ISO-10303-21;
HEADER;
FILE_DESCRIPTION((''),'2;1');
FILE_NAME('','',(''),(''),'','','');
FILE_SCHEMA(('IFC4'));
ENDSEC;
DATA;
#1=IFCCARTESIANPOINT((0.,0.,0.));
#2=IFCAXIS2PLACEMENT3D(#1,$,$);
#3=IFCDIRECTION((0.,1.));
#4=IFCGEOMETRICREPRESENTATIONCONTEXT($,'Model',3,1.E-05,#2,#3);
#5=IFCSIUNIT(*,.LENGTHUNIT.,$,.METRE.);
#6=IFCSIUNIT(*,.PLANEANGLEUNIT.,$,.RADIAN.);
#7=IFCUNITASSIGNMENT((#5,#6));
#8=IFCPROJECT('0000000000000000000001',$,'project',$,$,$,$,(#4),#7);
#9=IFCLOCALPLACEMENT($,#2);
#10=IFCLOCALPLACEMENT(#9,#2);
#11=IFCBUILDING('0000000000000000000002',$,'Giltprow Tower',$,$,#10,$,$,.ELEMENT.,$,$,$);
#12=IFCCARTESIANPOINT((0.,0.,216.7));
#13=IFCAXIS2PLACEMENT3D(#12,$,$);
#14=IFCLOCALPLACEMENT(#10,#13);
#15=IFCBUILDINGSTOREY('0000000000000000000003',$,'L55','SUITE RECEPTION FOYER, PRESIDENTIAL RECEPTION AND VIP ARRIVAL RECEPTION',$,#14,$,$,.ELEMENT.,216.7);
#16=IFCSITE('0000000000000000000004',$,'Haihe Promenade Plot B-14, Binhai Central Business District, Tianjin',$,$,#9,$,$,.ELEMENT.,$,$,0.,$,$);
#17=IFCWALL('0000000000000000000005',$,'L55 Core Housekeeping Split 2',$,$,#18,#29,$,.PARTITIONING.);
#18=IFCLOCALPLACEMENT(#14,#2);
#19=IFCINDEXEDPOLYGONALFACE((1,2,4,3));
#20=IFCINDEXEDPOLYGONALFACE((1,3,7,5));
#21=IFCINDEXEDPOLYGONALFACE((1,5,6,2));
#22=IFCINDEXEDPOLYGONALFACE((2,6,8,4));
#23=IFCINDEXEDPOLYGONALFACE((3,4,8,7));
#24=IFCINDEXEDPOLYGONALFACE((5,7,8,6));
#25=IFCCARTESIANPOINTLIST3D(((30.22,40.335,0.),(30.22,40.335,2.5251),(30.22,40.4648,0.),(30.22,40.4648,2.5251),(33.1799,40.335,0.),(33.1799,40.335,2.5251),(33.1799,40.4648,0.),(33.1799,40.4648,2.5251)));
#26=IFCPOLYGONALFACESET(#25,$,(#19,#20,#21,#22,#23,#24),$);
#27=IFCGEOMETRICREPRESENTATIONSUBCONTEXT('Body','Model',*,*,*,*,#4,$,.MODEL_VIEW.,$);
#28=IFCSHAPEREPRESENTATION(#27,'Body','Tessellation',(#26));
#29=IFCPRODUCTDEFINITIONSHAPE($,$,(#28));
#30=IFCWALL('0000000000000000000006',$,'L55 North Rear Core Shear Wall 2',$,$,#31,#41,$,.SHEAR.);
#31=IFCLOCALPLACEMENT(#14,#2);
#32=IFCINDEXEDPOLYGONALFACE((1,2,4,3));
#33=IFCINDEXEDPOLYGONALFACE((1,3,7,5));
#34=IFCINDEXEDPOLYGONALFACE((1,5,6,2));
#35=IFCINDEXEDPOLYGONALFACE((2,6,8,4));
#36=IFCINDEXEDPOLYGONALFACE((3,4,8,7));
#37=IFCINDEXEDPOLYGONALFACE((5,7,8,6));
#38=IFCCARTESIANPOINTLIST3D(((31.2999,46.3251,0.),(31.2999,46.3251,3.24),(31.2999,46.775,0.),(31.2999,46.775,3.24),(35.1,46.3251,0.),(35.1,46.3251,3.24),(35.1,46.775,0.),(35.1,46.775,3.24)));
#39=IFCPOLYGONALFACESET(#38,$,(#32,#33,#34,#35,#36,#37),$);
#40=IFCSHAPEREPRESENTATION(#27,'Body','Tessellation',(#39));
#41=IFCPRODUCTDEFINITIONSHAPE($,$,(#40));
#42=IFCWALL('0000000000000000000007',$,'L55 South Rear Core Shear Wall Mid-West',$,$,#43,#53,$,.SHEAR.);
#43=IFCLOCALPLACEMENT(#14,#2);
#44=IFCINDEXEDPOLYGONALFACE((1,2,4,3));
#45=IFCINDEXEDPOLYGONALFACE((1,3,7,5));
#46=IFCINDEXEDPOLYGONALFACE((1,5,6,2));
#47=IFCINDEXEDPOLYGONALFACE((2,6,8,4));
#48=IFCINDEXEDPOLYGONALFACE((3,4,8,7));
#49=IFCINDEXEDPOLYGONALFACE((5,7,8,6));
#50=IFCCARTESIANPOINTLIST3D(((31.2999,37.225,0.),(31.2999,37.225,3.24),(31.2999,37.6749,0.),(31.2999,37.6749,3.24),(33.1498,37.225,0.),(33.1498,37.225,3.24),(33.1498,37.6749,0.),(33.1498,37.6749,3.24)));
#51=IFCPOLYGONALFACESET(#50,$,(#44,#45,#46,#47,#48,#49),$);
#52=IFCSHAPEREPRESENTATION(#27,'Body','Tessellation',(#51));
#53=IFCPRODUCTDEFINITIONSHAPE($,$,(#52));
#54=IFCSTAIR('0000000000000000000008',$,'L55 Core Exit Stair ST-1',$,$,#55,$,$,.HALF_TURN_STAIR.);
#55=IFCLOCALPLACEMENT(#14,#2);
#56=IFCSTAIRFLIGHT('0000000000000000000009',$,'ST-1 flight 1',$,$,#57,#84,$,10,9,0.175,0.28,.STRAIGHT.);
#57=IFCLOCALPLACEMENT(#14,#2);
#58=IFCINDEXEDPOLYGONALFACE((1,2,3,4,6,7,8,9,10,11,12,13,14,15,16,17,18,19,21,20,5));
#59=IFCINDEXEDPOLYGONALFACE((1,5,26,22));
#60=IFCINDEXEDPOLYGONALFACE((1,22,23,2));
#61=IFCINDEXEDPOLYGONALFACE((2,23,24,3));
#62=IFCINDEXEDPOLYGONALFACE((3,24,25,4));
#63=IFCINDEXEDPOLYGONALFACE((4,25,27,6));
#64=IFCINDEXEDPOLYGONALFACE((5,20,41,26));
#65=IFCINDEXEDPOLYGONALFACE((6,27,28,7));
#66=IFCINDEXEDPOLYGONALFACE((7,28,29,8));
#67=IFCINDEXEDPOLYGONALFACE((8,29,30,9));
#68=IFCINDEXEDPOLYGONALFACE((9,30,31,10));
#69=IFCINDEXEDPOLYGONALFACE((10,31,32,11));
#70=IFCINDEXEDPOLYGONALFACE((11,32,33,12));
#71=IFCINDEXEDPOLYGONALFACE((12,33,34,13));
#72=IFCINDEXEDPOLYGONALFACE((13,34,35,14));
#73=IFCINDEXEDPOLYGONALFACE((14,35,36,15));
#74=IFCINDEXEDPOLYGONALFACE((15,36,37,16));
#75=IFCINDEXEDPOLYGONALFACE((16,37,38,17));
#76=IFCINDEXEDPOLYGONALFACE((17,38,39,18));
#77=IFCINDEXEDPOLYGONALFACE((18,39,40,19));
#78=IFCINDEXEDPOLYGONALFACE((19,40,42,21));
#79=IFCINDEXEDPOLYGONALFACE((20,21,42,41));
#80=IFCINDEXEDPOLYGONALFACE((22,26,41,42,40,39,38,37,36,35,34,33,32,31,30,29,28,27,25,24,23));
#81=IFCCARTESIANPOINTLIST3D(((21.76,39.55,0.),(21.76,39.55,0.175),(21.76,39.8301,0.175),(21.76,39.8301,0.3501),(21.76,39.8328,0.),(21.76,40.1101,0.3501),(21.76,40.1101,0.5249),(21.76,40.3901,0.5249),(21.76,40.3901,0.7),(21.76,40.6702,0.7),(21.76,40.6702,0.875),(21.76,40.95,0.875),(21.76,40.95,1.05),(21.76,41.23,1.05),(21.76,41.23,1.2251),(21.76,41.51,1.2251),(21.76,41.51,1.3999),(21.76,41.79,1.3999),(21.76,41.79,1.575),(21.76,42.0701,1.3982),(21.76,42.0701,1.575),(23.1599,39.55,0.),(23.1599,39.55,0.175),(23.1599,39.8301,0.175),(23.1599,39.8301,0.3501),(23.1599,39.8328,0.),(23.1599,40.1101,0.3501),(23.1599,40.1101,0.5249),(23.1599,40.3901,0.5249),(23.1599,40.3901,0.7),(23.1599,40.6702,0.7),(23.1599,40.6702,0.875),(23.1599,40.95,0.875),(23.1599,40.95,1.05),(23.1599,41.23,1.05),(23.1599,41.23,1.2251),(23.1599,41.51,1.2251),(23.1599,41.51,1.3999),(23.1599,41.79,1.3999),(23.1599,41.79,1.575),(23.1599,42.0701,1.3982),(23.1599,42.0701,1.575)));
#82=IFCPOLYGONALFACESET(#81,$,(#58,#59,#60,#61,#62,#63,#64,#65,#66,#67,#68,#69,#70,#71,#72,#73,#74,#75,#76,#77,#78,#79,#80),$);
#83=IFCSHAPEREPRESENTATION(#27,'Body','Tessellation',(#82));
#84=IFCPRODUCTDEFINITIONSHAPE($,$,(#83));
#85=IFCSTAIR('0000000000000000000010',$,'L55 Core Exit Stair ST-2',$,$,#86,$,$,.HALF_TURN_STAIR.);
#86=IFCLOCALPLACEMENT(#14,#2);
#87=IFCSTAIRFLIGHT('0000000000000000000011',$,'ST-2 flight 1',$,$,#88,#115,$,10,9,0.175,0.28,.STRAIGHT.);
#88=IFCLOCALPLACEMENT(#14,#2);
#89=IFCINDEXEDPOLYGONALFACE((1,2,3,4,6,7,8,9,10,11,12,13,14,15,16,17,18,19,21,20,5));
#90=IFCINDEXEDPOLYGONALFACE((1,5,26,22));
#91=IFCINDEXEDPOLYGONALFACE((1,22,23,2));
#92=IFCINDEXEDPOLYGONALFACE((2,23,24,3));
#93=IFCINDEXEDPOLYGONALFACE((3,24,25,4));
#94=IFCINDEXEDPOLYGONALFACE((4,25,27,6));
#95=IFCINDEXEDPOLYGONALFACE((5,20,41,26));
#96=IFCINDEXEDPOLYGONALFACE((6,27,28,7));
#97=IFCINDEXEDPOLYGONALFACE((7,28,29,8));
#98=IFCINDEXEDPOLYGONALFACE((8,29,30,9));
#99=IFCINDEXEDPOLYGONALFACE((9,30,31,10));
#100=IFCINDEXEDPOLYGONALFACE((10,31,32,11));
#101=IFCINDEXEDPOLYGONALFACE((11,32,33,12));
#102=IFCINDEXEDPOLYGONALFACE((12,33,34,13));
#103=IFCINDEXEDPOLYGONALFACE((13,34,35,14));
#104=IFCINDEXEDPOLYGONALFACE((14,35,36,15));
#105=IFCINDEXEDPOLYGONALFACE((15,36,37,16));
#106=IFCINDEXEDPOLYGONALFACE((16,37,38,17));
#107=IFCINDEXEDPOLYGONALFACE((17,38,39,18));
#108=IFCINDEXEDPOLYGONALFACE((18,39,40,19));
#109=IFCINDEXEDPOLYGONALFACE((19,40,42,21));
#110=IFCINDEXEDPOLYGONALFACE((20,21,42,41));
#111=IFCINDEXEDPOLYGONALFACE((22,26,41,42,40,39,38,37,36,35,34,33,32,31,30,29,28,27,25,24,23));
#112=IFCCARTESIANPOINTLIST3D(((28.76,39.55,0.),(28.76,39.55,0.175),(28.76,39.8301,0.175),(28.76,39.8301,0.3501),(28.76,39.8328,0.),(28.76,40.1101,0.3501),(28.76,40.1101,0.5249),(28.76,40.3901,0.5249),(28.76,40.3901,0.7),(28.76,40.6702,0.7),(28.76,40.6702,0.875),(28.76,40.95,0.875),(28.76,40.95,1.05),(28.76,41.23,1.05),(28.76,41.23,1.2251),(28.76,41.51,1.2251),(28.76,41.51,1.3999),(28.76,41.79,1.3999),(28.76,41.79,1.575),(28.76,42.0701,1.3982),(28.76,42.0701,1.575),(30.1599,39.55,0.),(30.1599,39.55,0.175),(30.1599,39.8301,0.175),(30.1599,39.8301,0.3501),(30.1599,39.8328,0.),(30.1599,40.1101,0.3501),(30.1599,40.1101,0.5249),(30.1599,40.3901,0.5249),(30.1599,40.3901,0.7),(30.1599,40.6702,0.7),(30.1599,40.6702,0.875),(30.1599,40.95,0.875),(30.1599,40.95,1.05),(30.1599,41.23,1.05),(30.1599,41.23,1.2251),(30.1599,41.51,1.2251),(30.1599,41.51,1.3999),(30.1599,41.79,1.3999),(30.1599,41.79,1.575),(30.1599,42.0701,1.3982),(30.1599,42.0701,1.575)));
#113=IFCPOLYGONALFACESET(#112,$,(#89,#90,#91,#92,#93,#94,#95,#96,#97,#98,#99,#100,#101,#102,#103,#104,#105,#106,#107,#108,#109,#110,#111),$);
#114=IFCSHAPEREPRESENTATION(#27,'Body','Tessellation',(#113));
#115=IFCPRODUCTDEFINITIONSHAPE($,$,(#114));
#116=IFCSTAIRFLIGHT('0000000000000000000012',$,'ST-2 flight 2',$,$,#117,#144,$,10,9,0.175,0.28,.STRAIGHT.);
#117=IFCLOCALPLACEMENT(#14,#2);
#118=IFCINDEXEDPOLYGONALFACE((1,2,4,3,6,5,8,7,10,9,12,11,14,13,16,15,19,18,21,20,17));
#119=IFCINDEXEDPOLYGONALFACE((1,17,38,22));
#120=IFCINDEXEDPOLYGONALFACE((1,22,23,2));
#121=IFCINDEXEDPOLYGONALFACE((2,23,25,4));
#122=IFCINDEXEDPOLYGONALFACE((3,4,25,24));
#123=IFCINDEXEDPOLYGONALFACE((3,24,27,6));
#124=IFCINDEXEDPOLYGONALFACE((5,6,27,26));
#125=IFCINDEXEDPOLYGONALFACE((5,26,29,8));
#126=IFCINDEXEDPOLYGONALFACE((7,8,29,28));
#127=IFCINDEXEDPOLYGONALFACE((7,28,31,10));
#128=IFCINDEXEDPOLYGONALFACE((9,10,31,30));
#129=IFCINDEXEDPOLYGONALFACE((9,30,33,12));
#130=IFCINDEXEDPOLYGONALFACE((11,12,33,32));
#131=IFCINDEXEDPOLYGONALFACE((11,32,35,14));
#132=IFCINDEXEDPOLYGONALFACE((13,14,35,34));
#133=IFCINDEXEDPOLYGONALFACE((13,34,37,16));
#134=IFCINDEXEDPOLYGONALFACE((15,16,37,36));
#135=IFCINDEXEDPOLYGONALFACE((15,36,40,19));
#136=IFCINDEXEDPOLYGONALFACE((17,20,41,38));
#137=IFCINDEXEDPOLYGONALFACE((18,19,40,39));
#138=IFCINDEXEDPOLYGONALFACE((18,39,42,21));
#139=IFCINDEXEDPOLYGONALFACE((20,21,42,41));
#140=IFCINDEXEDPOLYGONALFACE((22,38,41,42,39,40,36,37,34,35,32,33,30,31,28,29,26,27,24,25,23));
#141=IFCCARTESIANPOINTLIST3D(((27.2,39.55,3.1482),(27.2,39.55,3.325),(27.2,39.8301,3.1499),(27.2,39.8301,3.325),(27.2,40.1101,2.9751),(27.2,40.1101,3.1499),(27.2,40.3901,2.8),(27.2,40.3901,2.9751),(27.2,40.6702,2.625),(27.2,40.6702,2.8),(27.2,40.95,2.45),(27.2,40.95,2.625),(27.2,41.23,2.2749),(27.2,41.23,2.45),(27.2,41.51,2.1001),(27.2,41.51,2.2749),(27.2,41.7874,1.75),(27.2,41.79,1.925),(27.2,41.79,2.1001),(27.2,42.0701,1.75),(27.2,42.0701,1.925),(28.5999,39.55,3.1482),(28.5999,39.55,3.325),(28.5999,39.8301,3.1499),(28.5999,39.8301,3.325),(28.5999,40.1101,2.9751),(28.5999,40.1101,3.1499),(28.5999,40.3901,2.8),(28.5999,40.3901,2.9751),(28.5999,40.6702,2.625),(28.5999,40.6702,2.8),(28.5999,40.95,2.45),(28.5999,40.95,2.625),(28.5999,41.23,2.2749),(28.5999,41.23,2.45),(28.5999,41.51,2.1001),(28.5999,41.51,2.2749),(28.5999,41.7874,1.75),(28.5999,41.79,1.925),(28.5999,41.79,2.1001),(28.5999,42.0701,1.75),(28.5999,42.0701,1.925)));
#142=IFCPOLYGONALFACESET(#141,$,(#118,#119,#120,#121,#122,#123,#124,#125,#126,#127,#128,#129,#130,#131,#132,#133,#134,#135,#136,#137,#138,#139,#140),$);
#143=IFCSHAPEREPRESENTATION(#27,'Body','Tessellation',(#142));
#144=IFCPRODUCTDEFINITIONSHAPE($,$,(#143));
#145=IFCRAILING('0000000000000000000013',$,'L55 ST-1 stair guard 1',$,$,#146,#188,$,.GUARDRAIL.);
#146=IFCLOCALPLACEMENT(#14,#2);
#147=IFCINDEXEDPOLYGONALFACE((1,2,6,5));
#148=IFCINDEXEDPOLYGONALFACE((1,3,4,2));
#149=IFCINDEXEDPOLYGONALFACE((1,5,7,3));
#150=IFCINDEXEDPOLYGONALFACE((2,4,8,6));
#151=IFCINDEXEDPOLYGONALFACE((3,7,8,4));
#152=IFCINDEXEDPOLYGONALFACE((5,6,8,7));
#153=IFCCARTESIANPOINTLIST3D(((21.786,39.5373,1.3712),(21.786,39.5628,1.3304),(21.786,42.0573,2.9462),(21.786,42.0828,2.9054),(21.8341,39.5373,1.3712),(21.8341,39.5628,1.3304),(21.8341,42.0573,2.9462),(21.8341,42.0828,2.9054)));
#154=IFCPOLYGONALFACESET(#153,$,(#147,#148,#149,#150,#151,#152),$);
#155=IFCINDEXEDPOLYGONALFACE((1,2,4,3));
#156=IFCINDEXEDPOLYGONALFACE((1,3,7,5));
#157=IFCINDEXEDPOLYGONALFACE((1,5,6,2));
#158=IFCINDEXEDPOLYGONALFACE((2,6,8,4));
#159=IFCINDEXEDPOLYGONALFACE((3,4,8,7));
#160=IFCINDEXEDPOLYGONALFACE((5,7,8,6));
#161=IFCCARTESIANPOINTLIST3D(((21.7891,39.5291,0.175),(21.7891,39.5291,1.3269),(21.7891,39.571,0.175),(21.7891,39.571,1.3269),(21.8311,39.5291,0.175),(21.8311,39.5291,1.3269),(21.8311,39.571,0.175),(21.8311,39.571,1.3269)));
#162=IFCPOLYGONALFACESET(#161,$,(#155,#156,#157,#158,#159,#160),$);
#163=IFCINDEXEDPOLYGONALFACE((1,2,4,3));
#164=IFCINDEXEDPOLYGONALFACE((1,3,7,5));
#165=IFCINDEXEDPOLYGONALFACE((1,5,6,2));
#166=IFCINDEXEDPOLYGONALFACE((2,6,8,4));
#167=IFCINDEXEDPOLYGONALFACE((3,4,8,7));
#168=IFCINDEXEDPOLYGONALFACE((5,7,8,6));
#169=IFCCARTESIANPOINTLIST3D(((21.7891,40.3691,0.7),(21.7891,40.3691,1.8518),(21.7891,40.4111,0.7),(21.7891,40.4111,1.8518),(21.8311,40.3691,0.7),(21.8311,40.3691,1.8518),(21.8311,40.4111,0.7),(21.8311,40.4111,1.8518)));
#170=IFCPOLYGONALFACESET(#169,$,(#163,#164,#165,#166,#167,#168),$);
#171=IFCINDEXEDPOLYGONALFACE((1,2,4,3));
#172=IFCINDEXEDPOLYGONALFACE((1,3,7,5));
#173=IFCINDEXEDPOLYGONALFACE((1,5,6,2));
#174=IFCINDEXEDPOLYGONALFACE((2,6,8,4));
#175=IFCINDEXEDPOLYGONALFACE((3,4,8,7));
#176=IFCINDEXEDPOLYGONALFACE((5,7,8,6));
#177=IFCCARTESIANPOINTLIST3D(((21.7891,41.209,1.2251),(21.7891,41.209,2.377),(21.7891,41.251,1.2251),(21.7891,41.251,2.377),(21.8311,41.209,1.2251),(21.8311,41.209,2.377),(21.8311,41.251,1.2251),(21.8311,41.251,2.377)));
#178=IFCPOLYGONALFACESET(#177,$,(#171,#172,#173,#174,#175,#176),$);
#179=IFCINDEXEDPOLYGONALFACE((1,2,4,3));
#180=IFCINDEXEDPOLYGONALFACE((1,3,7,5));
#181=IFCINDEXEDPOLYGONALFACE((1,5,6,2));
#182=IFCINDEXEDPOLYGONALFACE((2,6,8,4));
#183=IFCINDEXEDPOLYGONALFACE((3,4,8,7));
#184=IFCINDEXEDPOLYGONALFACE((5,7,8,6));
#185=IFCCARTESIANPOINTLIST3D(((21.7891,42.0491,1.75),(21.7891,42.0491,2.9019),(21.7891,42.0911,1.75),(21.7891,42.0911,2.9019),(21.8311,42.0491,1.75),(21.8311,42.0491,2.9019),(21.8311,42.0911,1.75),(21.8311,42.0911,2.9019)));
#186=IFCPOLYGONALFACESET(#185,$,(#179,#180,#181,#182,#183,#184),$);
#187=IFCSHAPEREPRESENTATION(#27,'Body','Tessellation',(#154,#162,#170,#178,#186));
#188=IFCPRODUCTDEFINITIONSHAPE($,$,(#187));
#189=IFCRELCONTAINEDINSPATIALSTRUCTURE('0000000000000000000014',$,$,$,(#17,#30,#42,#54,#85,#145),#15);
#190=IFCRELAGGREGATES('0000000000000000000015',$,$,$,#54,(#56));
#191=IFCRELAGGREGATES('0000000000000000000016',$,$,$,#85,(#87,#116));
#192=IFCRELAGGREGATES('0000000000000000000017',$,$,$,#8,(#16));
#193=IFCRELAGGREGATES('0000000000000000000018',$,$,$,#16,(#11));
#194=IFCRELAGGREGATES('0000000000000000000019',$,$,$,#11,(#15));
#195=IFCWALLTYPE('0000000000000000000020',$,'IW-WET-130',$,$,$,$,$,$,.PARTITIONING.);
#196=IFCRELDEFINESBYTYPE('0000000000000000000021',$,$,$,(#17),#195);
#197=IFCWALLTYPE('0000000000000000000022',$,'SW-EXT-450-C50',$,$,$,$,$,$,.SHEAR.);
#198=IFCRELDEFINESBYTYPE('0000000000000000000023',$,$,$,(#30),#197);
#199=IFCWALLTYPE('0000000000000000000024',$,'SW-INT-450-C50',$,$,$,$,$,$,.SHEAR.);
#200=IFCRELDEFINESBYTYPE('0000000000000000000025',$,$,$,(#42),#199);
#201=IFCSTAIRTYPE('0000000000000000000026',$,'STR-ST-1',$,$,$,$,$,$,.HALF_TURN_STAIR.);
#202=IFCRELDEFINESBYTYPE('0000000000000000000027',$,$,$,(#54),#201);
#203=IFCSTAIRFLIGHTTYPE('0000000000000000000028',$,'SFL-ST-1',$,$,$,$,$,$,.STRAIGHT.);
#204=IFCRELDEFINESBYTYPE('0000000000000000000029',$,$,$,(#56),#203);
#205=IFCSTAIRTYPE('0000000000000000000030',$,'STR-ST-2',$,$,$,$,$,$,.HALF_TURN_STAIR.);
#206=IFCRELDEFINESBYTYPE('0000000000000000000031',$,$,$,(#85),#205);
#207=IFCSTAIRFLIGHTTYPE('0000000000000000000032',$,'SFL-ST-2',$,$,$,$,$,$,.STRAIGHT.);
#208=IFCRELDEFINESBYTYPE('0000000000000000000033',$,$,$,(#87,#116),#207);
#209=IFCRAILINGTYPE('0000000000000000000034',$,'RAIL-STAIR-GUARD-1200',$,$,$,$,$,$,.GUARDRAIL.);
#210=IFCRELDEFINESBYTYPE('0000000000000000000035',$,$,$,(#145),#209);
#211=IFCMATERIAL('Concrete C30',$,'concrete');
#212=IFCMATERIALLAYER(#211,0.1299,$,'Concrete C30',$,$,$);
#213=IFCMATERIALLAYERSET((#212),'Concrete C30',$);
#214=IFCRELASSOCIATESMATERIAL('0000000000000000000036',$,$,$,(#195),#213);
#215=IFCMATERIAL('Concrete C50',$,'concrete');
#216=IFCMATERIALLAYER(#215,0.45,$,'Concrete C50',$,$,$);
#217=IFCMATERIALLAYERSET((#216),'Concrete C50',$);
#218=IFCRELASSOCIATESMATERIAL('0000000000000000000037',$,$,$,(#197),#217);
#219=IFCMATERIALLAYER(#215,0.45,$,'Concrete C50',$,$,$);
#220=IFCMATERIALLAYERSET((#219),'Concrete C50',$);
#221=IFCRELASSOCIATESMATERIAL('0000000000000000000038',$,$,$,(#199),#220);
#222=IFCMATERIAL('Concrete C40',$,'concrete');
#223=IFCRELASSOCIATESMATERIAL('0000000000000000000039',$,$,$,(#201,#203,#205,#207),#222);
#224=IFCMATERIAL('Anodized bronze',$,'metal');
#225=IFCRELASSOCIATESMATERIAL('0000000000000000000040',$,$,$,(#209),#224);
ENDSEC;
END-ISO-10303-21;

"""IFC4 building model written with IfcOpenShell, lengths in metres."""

from ifc_helpers import new_model, si_unit, direction, frame, frame_2d, origin, origin_2d, place, context, subcontext, project, spatial, polyline, rectangle, outline, extrude, material, layer, layer_set, type_object, element, aggregate, save


model = new_model("IFC4")

# Units and contexts
model_context = context("Model", 3, precision=1e-05, world=origin(), true_north=direction((0.0, 1.0)))
body_context = subcontext(model_context, "Body", "Model", "MODEL_VIEW")
ifc_project = project(units=[si_unit("LENGTHUNIT", "METRE"), si_unit("PLANEANGLEUNIT", "RADIAN")], contexts=[model_context])

# Site, building, storey
site_placement = place(None, origin())
site = spatial("IfcSite", under=ifc_project, at=site_placement, Name="Haihe Promenade Plot B-14, Binhai Central Business District, Tianjin", CompositionType="ELEMENT", RefElevation=0.0)
building_placement = place(site_placement, origin())
building = spatial("IfcBuilding", under=site, at=building_placement, Name="Giltprow Tower", CompositionType="ELEMENT")
storey_placement = place(building_placement, frame((0.0, 0.0, 216.7)))
storey = spatial("IfcBuildingStorey", under=building, at=storey_placement, Name="L55", Description="SUITE RECEPTION FOYER, PRESIDENTIAL RECEPTION AND VIP ARRIVAL RECEPTION", CompositionType="ELEMENT", Elevation=216.7)

# Shared definitions
ifc_material_1 = material(Name="Concrete C50", Category="concrete")

# Shared definitions
ifc_material_2 = material(Name="Concrete C40", Category="concrete")

# Walls
ifc_material_3 = material(Name="Concrete C30", Category="concrete")
ifc_layer_1 = layer(ifc_material_3, 0.1299, Name="Concrete C30")
ifc_layer_set_1 = layer_set([ifc_layer_1], Name="Concrete C30")
wall_type_1 = type_object("IfcWallType", Name="IW-WET-130", PredefinedType="PARTITIONING", material=ifc_layer_set_1)
wall_1_placement = place(storey_placement, frame((30.22, 40.3999, 0.0), z_axis=(0.0, 0.0, 1.0), x_axis=(1.0, 0.0, 0.0)))
element("IfcWall", 1, at=wall_1_placement, inside=storey, type_object=wall_type_1, Name="L55 Core Housekeeping Split 2", PredefinedType="PARTITIONING", context=body_context, shape_type="SweptSolid", body=[
    extrude(rectangle(XDim=2.96, YDim=0.1299, at=frame_2d((1.48, 0.0))), origin(), (0.0, 0.0, 1.0), 2.5251),
])
ifc_layer_2 = layer(ifc_material_1, 0.45, Name="Concrete C50")
ifc_layer_set_2 = layer_set([ifc_layer_2], Name="Concrete C50")
wall_type_2 = type_object("IfcWallType", Name="SW-EXT-450-C50", PredefinedType="SHEAR", material=ifc_layer_set_2)
wall_2_placement = place(storey_placement, frame((31.3, 46.55, 0.0), z_axis=(0.0, 0.0, 1.0), x_axis=(1.0, 0.0, 0.0)))
element("IfcWall", 2, at=wall_2_placement, inside=storey, type_object=wall_type_2, Name="L55 North Rear Core Shear Wall 2", PredefinedType="SHEAR", context=body_context, shape_type="SweptSolid", body=[
    extrude(rectangle(XDim=3.8, YDim=0.45, at=frame_2d((1.8999, 0.0))), origin(), (0.0, 0.0, 1.0), 3.24),
])
ifc_layer_3 = layer(ifc_material_1, 0.45, Name="Concrete C50")
ifc_layer_set_3 = layer_set([ifc_layer_3], Name="Concrete C50")
wall_type_3 = type_object("IfcWallType", Name="SW-INT-450-C50", PredefinedType="SHEAR", material=ifc_layer_set_3)
wall_3_placement = place(storey_placement, frame((31.3, 37.45, 0.0), z_axis=(0.0, 0.0, 1.0), x_axis=(1.0, 0.0, 0.0)))
element("IfcWall", 3, at=wall_3_placement, inside=storey, type_object=wall_type_3, Name="L55 South Rear Core Shear Wall Mid-West", PredefinedType="SHEAR", context=body_context, shape_type="SweptSolid", body=[
    extrude(rectangle(XDim=1.8499, YDim=0.45, at=frame_2d((0.9248, 0.0))), origin(), (0.0, 0.0, 1.0), 3.24),
])

# Stair, stair flight
stair_type_1 = type_object("IfcStairType", Name="STR-ST-1", PredefinedType="HALF_TURN_STAIR", material=ifc_material_2)
stair_1_placement = place(storey_placement, origin())
stair_1 = element("IfcStair", 4, at=stair_1_placement, inside=storey, type_object=stair_type_1, Name="L55 Core Exit Stair ST-1", PredefinedType="HALF_TURN_STAIR")
stair_flight_type_1 = type_object("IfcStairFlightType", Name="SFL-ST-1", PredefinedType="STRAIGHT", material=ifc_material_2)
stair_flight_1_placement = place(storey_placement, frame((22.46, 39.55, 0.0), z_axis=(0.0, 0.0, 1.0), x_axis=(0.0, 1.0, 0.0)))
stair_flight_1 = element("IfcStairFlight", 5, at=stair_flight_1_placement, type_object=stair_flight_type_1, Name="ST-1 flight 1", NumberOfRisers=10, NumberOfTreads=9, PredefinedType="STRAIGHT", RiserHeight=0.175, TreadLength=0.28, context=body_context, shape_type="SweptSolid", body=[
    extrude(outline(polyline([(0.0, 0.0), (0.0, 0.175), (0.28, 0.175), (0.28, 0.3501), (0.5601, 0.3501), (0.5601, 0.5249), (0.8401, 0.5249), (0.8401, 0.7), (1.1201, 0.7), (1.1201, 0.875), (1.3999, 0.875), (1.3999, 1.05), (1.6799, 1.05), (1.6799, 1.2251), (1.96, 1.2251), (1.96, 1.3999), (2.24, 1.3999), (2.24, 1.575), (2.52, 1.575), (2.52, 1.75), (2.52, 1.3982), (0.2827, 0.0), (0.0, 0.0)])), frame((0.0, 0.7, 0.0), z_axis=(0.0, -1.0, 0.0), x_axis=(1.0, 0.0, 0.0)), (0.0, 0.0, 1.0), 1.3999),
])
aggregate(stair_1, [stair_flight_1])

# Stair, stair flights
stair_type_2 = type_object("IfcStairType", Name="STR-ST-2", PredefinedType="HALF_TURN_STAIR", material=ifc_material_2)
stair_2_placement = place(storey_placement, origin())
stair_2 = element("IfcStair", 6, at=stair_2_placement, inside=storey, type_object=stair_type_2, Name="L55 Core Exit Stair ST-2", PredefinedType="HALF_TURN_STAIR")
stair_flight_type_2 = type_object("IfcStairFlightType", Name="SFL-ST-2", PredefinedType="STRAIGHT", material=ifc_material_2)
stair_flight_2_placement = place(storey_placement, frame((29.46, 39.55, 0.0), z_axis=(0.0, 0.0, 1.0), x_axis=(0.0, 1.0, 0.0)))
stair_flight_2 = element("IfcStairFlight", 7, at=stair_flight_2_placement, type_object=stair_flight_type_2, Name="ST-2 flight 1", NumberOfRisers=10, NumberOfTreads=9, PredefinedType="STRAIGHT", RiserHeight=0.175, TreadLength=0.28, context=body_context, shape_type="SweptSolid", body=[
    extrude(outline(polyline([(0.0, 0.0), (0.0, 0.175), (0.28, 0.175), (0.28, 0.3501), (0.5601, 0.3501), (0.5601, 0.5249), (0.8401, 0.5249), (0.8401, 0.7), (1.1201, 0.7), (1.1201, 0.875), (1.3999, 0.875), (1.3999, 1.05), (1.6799, 1.05), (1.6799, 1.2251), (1.96, 1.2251), (1.96, 1.3999), (2.24, 1.3999), (2.24, 1.575), (2.52, 1.575), (2.52, 1.75), (2.52, 1.3982), (0.2827, 0.0), (0.0, 0.0)])), frame((0.0, 0.7, 0.0), z_axis=(0.0, -1.0, 0.0), x_axis=(1.0, 0.0, 0.0)), (0.0, 0.0, 1.0), 1.3999),
])
stair_flight_3_placement = place(storey_placement, frame((27.8999, 42.0701, 1.75), z_axis=(0.0, 0.0, 1.0), x_axis=(0.0, -1.0, 0.0)))
stair_flight_3 = element("IfcStairFlight", 8, at=stair_flight_3_placement, type_object=stair_flight_type_2, Name="ST-2 flight 2", NumberOfRisers=10, NumberOfTreads=9, PredefinedType="STRAIGHT", RiserHeight=0.175, TreadLength=0.28, context=body_context, shape_type="SweptSolid", body=[
    extrude(outline(polyline([(0.0, 0.0), (0.0, 0.175), (0.28, 0.175), (0.28, 0.3501), (0.5601, 0.3501), (0.5601, 0.5249), (0.8401, 0.5249), (0.8401, 0.7), (1.1201, 0.7), (1.1201, 0.875), (1.3999, 0.875), (1.3999, 1.05), (1.6799, 1.05), (1.6799, 1.2251), (1.96, 1.2251), (1.96, 1.3999), (2.24, 1.3999), (2.24, 1.575), (2.52, 1.575), (2.52, 1.75), (2.52, 1.3982), (0.2827, 0.0), (0.0, 0.0)])), frame((0.0, 0.7, 0.0), z_axis=(0.0, -1.0, 0.0), x_axis=(1.0, 0.0, 0.0)), (0.0, 0.0, 1.0), 1.3999),
])
aggregate(stair_2, [stair_flight_2, stair_flight_3])

# Railing
ifc_material_4 = material(Name="Anodized bronze", Category="metal")
railing_type_1 = type_object("IfcRailingType", Name="RAIL-STAIR-GUARD-1200", PredefinedType="GUARDRAIL", material=ifc_material_4)
railing_1_placement = place(storey_placement, frame((21.8101, 39.55, 0.175)))
element("IfcRailing", 9, at=railing_1_placement, inside=storey, type_object=railing_type_1, Name="L55 ST-1 stair guard 1", PredefinedType="GUARDRAIL", context=body_context, shape_type="SweptSolid", body=[
    extrude(rectangle(XDim=0.0481, YDim=0.0481, at=origin_2d()), frame((0.0, 0.0, 1.1758), z_axis=(0.0, 0.848008, 0.529984), x_axis=(-1.0, 0.0, 0.0)), (0.0, 0.0, 1.0), 2.9717),
    extrude(rectangle(XDim=0.042, YDim=0.042, at=origin_2d()), origin(), (0.0, 0.0, 1.0), 1.1519),
    extrude(rectangle(XDim=0.042, YDim=0.042, at=origin_2d()), frame((0.0, 0.8401, 0.5249)), (0.0, 0.0, 1.0), 1.1519),
    extrude(rectangle(XDim=0.042, YDim=0.042, at=origin_2d()), frame((0.0, 1.6799, 1.05)), (0.0, 0.0, 1.0), 1.1519),
    extrude(rectangle(XDim=0.042, YDim=0.042, at=origin_2d()), frame((0.0, 2.52, 1.575)), (0.0, 0.0, 1.0), 1.1519),
])

save(model, "model.ifc")
